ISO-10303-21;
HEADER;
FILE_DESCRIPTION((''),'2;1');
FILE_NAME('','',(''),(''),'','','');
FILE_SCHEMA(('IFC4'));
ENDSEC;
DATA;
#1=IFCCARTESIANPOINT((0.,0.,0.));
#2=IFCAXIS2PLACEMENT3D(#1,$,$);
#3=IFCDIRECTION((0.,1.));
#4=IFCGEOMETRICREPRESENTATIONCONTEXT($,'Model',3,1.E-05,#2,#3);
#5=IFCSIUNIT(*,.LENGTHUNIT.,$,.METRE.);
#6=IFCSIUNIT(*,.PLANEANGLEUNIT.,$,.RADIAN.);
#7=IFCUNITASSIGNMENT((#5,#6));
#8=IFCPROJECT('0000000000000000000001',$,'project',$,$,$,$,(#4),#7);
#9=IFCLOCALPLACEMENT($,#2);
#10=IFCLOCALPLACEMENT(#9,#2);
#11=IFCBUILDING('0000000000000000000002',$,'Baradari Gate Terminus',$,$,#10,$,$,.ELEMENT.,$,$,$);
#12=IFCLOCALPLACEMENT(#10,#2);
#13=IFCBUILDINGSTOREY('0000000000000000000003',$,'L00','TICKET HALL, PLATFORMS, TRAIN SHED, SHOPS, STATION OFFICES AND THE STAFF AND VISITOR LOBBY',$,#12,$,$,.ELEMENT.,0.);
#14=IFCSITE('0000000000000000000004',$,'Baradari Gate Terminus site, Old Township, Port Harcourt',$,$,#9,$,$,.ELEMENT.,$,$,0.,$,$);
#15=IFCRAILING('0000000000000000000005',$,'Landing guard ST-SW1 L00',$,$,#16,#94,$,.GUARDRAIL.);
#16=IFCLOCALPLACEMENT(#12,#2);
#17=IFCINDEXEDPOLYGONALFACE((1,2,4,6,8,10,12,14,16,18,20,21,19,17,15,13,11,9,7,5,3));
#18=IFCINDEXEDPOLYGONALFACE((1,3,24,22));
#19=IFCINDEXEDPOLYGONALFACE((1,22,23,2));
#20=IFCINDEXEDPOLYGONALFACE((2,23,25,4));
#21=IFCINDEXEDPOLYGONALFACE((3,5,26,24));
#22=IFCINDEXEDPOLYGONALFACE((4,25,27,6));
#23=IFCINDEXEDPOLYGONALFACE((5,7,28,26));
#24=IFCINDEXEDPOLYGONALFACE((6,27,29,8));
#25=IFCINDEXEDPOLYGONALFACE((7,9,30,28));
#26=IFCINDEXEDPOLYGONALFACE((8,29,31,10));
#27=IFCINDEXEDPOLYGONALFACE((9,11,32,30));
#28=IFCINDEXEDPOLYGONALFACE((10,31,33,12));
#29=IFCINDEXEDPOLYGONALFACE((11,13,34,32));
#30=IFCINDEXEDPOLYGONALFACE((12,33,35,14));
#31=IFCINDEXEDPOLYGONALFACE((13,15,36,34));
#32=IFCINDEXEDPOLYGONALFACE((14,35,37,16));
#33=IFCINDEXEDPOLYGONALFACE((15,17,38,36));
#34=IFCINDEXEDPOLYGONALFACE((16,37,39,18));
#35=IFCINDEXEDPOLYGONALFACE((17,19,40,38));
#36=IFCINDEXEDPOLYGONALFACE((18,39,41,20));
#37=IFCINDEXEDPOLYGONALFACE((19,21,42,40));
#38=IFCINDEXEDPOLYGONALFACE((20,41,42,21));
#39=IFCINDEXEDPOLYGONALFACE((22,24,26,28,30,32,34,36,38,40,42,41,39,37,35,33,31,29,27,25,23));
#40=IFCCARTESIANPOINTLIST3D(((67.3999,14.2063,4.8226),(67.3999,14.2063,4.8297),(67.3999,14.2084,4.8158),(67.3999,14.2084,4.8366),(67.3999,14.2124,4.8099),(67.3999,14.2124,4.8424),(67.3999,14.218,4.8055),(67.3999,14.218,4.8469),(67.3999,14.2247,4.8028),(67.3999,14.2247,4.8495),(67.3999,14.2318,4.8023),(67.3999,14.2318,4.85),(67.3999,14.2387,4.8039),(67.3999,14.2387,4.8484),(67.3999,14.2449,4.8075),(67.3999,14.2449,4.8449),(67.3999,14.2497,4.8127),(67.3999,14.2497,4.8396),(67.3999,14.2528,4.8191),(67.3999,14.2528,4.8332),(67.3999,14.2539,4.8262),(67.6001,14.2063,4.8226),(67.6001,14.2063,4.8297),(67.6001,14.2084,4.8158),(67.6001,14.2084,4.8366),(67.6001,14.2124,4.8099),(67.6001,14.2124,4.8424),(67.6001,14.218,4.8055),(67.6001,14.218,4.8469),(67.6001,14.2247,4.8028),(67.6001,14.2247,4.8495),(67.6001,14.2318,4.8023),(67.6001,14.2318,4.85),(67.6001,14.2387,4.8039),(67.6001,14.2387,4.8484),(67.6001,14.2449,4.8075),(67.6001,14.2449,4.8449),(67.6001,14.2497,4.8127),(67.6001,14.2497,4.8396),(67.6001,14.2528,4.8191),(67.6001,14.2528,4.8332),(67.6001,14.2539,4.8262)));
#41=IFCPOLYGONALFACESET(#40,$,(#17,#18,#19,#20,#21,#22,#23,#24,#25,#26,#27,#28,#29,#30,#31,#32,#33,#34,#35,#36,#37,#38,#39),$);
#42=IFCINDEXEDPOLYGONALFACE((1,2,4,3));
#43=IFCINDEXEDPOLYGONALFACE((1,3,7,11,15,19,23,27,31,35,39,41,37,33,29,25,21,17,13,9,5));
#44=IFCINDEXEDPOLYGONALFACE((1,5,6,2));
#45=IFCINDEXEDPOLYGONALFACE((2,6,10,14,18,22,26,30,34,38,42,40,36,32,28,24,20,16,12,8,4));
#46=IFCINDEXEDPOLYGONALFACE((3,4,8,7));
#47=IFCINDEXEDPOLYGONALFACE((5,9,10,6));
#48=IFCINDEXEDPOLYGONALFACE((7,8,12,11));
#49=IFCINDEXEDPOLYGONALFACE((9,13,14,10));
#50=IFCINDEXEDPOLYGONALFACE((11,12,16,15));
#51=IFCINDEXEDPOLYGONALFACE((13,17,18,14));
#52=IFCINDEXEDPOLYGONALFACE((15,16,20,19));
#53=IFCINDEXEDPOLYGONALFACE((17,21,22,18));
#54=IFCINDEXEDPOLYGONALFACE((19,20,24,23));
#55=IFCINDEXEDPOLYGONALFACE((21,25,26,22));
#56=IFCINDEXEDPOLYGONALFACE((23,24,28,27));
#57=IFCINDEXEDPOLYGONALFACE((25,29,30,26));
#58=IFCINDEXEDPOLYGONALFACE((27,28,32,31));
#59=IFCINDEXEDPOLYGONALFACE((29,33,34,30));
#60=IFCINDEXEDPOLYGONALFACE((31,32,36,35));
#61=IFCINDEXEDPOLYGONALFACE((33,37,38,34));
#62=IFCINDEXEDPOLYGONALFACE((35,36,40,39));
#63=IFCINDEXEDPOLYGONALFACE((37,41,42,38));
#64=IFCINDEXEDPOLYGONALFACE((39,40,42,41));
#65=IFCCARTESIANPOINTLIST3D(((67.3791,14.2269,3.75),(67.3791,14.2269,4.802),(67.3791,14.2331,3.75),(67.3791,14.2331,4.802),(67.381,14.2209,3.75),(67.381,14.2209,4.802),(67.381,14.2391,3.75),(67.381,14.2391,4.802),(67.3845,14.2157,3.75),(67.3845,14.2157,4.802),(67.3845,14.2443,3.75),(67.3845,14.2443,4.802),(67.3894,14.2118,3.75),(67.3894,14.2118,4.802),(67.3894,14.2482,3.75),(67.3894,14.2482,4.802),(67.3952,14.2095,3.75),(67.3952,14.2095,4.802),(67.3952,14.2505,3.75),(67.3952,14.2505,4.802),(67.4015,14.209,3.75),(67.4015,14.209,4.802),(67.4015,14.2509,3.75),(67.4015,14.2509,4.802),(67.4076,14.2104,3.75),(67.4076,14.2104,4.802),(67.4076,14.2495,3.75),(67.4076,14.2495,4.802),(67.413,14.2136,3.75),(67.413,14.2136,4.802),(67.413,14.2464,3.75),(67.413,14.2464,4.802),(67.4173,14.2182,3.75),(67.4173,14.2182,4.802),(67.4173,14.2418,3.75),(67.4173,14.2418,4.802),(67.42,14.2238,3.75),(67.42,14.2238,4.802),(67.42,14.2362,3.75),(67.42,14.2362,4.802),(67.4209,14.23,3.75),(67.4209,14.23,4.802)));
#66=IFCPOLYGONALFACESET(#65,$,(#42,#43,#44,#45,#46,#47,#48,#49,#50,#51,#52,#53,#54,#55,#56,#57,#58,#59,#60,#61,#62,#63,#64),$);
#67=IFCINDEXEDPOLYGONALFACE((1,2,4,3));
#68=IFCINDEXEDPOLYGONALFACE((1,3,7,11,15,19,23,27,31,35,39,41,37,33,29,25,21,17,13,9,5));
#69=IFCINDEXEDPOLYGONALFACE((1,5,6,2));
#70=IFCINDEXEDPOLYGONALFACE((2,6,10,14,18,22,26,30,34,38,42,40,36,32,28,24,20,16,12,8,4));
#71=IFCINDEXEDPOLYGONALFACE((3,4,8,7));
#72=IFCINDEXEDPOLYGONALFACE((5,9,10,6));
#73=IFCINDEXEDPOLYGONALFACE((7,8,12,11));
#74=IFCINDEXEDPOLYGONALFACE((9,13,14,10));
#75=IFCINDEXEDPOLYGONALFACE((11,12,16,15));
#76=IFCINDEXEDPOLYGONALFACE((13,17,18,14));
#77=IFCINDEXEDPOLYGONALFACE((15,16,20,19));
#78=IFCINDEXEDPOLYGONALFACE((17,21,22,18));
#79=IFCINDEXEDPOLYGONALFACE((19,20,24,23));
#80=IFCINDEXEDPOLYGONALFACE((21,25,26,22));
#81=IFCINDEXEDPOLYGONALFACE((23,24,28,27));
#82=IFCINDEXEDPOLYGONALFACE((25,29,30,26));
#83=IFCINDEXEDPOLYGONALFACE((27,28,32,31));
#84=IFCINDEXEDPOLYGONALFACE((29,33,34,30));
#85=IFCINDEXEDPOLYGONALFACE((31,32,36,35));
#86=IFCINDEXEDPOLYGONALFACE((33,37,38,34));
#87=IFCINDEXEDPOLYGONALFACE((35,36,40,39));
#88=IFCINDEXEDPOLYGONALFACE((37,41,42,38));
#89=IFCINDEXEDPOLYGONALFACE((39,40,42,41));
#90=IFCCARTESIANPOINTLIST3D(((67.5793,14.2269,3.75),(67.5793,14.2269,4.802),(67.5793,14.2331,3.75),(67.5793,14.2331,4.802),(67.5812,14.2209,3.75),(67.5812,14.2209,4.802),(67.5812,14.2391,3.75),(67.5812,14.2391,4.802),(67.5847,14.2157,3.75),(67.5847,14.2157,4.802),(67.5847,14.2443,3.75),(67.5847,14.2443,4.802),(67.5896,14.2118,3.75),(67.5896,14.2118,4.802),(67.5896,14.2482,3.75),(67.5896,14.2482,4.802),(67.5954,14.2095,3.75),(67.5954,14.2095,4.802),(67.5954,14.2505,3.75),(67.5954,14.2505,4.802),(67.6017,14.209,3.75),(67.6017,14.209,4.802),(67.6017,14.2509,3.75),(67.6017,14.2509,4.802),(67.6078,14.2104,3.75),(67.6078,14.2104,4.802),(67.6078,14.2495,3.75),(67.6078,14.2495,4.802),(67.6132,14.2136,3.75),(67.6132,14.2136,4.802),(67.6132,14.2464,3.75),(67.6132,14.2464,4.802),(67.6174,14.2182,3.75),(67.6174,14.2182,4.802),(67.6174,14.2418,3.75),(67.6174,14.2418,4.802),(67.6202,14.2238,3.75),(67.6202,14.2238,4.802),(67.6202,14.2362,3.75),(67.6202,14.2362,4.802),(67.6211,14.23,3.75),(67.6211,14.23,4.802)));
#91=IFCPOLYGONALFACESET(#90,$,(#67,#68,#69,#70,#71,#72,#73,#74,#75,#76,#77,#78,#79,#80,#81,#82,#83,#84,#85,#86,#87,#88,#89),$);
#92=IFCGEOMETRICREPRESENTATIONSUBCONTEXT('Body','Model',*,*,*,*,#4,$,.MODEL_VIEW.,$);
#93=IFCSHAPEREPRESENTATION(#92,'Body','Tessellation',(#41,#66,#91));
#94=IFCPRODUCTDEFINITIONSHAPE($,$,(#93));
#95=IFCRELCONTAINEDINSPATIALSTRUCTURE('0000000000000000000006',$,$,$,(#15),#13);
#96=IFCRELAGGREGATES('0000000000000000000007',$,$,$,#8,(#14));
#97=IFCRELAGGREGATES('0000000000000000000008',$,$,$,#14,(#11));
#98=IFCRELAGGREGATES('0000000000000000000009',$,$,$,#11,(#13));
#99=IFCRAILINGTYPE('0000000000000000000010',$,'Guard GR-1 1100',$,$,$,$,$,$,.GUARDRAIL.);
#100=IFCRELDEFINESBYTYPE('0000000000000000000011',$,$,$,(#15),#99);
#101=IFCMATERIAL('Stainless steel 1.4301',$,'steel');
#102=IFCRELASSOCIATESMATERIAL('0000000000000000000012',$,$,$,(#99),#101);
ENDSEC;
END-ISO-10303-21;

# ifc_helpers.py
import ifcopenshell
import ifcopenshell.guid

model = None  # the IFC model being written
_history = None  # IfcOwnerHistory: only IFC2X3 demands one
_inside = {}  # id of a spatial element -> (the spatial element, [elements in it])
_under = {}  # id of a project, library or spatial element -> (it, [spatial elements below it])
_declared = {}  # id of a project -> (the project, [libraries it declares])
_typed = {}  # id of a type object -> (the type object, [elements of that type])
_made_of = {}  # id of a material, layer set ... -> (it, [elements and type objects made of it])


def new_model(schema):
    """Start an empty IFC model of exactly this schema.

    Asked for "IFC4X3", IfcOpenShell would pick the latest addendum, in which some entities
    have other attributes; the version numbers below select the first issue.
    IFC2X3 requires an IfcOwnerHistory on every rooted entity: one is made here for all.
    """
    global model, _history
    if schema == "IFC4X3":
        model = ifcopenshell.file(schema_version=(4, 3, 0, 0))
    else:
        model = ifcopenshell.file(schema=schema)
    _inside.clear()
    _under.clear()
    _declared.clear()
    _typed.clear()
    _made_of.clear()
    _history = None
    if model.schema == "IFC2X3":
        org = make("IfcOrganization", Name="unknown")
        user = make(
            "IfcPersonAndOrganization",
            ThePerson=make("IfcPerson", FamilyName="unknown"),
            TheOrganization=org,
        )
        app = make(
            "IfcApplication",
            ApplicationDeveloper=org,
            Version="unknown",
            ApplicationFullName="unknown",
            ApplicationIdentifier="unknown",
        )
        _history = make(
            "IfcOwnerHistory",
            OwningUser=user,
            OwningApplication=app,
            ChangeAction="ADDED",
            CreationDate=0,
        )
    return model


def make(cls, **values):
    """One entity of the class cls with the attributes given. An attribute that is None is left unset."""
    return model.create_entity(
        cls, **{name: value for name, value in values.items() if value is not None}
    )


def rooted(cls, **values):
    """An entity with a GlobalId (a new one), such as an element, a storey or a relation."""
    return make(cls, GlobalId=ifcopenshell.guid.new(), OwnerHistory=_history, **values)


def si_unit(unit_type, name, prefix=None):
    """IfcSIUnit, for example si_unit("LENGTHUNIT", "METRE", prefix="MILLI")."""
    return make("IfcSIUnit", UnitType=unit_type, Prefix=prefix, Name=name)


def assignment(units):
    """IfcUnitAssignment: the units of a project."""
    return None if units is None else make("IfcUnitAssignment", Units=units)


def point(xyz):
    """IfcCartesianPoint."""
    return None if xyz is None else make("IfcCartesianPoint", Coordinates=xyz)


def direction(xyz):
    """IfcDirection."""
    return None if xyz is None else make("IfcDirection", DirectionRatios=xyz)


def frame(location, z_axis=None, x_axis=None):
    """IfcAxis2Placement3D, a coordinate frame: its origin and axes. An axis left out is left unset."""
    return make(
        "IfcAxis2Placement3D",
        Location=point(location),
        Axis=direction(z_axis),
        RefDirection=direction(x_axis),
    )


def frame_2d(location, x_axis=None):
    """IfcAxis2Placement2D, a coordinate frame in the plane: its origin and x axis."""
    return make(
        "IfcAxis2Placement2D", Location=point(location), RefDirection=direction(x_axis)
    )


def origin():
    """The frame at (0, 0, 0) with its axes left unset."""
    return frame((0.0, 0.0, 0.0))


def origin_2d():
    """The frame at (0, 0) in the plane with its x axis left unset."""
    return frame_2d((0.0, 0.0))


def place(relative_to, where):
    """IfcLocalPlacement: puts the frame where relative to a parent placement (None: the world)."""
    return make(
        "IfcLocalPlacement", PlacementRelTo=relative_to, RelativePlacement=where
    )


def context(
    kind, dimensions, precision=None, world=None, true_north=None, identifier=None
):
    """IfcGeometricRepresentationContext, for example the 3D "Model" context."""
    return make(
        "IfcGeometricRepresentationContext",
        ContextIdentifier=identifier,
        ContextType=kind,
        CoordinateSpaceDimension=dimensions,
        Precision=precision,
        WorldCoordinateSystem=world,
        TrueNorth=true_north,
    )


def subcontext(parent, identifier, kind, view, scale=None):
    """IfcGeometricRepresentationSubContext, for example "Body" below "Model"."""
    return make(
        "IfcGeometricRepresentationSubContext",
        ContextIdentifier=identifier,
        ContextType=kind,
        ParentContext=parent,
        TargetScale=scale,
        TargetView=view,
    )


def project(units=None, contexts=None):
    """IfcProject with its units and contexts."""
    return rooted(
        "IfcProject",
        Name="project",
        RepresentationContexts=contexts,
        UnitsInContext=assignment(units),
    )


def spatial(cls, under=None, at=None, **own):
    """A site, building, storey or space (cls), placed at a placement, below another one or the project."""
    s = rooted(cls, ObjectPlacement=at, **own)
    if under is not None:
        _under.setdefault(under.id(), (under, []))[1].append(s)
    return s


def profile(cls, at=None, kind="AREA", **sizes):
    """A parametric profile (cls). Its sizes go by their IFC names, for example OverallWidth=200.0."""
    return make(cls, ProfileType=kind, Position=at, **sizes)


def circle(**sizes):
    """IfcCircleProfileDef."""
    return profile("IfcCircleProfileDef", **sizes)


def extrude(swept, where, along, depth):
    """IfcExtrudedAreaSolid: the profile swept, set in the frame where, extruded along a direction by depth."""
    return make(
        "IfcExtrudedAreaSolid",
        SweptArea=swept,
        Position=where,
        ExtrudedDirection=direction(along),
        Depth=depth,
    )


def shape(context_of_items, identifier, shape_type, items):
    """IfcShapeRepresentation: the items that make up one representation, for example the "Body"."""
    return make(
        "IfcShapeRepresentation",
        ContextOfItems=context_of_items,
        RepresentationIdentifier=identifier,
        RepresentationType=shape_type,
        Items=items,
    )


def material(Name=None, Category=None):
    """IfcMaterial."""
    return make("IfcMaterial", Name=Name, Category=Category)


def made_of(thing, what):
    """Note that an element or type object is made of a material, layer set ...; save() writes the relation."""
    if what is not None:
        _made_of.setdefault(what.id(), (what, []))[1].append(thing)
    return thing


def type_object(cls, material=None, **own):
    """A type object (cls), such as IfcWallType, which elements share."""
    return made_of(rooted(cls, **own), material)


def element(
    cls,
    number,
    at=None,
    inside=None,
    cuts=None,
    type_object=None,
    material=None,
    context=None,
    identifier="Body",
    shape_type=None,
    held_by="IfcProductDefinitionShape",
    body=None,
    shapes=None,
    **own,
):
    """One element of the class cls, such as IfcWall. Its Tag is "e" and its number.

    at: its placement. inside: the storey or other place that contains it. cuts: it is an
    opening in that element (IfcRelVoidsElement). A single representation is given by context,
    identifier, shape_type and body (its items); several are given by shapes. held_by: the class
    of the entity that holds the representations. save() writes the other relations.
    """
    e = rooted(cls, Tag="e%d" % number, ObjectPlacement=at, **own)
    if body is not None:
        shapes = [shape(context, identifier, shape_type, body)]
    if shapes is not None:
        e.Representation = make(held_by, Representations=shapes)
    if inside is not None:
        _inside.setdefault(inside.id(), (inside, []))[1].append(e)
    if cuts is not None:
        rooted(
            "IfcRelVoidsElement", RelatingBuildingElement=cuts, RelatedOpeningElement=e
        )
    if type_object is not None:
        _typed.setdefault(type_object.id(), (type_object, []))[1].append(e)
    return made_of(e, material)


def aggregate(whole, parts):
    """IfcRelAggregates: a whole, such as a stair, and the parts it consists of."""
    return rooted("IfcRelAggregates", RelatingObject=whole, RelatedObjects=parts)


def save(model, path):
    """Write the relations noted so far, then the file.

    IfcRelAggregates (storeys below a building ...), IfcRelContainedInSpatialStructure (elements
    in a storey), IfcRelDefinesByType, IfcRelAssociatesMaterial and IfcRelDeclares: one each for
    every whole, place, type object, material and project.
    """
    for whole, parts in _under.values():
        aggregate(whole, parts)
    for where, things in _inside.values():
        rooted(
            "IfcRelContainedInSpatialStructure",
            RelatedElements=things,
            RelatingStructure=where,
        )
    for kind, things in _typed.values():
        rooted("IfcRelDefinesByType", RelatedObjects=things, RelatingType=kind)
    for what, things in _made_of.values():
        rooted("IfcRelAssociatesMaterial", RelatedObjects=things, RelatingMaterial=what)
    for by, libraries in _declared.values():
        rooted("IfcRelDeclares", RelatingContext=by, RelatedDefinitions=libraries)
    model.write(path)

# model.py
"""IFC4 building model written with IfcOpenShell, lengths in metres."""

from ifc_helpers import new_model, si_unit, direction, frame, origin, origin_2d, place, context, subcontext, project, spatial, circle, extrude, material, type_object, element, save


model = new_model("IFC4")

# Units and contexts
model_context = context("Model", 3, precision=1e-05, world=origin(), true_north=direction((0.0, 1.0)))
body_context = subcontext(model_context, "Body", "Model", "MODEL_VIEW")
ifc_project = project(units=[si_unit("LENGTHUNIT", "METRE"), si_unit("PLANEANGLEUNIT", "RADIAN")], contexts=[model_context])

# Site, building, storey
site_placement = place(None, origin())
site = spatial("IfcSite", under=ifc_project, at=site_placement, Name="Baradari Gate Terminus site, Old Township, Port Harcourt", CompositionType="ELEMENT", RefElevation=0.0)
building_placement = place(site_placement, origin())
building = spatial("IfcBuilding", under=site, at=building_placement, Name="Baradari Gate Terminus", CompositionType="ELEMENT")
storey_placement = place(building_placement, origin())
storey = spatial("IfcBuildingStorey", under=building, at=storey_placement, Name="L00", Description="TICKET HALL, PLATFORMS, TRAIN SHED, SHOPS, STATION OFFICES AND THE STAFF AND VISITOR LOBBY", CompositionType="ELEMENT", Elevation=0.0)

# Railing
ifc_material_1 = material(Name="Stainless steel 1.4301", Category="steel")
railing_type_1 = type_object("IfcRailingType", Name="Guard GR-1 1100", PredefinedType="GUARDRAIL", material=ifc_material_1)
railing_placement = place(storey_placement, frame((67.3999, 14.23, 3.75)))
element("IfcRailing", 1, at=railing_placement, inside=storey, type_object=railing_type_1, Name="Landing guard ST-SW1 L00", PredefinedType="GUARDRAIL", context=body_context, shape_type="SweptSolid", body=[
    extrude(circle(Radius=0.0239, at=origin_2d()), frame((0.0, 0.0, 1.0762), z_axis=(1.0, 0.0, 0.0), x_axis=(0.0, 1.0, 0.0)), (0.0, 0.0, 1.0), 0.2002),
    extrude(circle(Radius=0.021, at=origin_2d()), origin(), (0.0, 0.0, 1.0), 1.052),
    extrude(circle(Radius=0.021, at=origin_2d()), frame((0.2002, 0.0, 0.0)), (0.0, 0.0, 1.0), 1.052),
])

save(model, "model.ifc")
